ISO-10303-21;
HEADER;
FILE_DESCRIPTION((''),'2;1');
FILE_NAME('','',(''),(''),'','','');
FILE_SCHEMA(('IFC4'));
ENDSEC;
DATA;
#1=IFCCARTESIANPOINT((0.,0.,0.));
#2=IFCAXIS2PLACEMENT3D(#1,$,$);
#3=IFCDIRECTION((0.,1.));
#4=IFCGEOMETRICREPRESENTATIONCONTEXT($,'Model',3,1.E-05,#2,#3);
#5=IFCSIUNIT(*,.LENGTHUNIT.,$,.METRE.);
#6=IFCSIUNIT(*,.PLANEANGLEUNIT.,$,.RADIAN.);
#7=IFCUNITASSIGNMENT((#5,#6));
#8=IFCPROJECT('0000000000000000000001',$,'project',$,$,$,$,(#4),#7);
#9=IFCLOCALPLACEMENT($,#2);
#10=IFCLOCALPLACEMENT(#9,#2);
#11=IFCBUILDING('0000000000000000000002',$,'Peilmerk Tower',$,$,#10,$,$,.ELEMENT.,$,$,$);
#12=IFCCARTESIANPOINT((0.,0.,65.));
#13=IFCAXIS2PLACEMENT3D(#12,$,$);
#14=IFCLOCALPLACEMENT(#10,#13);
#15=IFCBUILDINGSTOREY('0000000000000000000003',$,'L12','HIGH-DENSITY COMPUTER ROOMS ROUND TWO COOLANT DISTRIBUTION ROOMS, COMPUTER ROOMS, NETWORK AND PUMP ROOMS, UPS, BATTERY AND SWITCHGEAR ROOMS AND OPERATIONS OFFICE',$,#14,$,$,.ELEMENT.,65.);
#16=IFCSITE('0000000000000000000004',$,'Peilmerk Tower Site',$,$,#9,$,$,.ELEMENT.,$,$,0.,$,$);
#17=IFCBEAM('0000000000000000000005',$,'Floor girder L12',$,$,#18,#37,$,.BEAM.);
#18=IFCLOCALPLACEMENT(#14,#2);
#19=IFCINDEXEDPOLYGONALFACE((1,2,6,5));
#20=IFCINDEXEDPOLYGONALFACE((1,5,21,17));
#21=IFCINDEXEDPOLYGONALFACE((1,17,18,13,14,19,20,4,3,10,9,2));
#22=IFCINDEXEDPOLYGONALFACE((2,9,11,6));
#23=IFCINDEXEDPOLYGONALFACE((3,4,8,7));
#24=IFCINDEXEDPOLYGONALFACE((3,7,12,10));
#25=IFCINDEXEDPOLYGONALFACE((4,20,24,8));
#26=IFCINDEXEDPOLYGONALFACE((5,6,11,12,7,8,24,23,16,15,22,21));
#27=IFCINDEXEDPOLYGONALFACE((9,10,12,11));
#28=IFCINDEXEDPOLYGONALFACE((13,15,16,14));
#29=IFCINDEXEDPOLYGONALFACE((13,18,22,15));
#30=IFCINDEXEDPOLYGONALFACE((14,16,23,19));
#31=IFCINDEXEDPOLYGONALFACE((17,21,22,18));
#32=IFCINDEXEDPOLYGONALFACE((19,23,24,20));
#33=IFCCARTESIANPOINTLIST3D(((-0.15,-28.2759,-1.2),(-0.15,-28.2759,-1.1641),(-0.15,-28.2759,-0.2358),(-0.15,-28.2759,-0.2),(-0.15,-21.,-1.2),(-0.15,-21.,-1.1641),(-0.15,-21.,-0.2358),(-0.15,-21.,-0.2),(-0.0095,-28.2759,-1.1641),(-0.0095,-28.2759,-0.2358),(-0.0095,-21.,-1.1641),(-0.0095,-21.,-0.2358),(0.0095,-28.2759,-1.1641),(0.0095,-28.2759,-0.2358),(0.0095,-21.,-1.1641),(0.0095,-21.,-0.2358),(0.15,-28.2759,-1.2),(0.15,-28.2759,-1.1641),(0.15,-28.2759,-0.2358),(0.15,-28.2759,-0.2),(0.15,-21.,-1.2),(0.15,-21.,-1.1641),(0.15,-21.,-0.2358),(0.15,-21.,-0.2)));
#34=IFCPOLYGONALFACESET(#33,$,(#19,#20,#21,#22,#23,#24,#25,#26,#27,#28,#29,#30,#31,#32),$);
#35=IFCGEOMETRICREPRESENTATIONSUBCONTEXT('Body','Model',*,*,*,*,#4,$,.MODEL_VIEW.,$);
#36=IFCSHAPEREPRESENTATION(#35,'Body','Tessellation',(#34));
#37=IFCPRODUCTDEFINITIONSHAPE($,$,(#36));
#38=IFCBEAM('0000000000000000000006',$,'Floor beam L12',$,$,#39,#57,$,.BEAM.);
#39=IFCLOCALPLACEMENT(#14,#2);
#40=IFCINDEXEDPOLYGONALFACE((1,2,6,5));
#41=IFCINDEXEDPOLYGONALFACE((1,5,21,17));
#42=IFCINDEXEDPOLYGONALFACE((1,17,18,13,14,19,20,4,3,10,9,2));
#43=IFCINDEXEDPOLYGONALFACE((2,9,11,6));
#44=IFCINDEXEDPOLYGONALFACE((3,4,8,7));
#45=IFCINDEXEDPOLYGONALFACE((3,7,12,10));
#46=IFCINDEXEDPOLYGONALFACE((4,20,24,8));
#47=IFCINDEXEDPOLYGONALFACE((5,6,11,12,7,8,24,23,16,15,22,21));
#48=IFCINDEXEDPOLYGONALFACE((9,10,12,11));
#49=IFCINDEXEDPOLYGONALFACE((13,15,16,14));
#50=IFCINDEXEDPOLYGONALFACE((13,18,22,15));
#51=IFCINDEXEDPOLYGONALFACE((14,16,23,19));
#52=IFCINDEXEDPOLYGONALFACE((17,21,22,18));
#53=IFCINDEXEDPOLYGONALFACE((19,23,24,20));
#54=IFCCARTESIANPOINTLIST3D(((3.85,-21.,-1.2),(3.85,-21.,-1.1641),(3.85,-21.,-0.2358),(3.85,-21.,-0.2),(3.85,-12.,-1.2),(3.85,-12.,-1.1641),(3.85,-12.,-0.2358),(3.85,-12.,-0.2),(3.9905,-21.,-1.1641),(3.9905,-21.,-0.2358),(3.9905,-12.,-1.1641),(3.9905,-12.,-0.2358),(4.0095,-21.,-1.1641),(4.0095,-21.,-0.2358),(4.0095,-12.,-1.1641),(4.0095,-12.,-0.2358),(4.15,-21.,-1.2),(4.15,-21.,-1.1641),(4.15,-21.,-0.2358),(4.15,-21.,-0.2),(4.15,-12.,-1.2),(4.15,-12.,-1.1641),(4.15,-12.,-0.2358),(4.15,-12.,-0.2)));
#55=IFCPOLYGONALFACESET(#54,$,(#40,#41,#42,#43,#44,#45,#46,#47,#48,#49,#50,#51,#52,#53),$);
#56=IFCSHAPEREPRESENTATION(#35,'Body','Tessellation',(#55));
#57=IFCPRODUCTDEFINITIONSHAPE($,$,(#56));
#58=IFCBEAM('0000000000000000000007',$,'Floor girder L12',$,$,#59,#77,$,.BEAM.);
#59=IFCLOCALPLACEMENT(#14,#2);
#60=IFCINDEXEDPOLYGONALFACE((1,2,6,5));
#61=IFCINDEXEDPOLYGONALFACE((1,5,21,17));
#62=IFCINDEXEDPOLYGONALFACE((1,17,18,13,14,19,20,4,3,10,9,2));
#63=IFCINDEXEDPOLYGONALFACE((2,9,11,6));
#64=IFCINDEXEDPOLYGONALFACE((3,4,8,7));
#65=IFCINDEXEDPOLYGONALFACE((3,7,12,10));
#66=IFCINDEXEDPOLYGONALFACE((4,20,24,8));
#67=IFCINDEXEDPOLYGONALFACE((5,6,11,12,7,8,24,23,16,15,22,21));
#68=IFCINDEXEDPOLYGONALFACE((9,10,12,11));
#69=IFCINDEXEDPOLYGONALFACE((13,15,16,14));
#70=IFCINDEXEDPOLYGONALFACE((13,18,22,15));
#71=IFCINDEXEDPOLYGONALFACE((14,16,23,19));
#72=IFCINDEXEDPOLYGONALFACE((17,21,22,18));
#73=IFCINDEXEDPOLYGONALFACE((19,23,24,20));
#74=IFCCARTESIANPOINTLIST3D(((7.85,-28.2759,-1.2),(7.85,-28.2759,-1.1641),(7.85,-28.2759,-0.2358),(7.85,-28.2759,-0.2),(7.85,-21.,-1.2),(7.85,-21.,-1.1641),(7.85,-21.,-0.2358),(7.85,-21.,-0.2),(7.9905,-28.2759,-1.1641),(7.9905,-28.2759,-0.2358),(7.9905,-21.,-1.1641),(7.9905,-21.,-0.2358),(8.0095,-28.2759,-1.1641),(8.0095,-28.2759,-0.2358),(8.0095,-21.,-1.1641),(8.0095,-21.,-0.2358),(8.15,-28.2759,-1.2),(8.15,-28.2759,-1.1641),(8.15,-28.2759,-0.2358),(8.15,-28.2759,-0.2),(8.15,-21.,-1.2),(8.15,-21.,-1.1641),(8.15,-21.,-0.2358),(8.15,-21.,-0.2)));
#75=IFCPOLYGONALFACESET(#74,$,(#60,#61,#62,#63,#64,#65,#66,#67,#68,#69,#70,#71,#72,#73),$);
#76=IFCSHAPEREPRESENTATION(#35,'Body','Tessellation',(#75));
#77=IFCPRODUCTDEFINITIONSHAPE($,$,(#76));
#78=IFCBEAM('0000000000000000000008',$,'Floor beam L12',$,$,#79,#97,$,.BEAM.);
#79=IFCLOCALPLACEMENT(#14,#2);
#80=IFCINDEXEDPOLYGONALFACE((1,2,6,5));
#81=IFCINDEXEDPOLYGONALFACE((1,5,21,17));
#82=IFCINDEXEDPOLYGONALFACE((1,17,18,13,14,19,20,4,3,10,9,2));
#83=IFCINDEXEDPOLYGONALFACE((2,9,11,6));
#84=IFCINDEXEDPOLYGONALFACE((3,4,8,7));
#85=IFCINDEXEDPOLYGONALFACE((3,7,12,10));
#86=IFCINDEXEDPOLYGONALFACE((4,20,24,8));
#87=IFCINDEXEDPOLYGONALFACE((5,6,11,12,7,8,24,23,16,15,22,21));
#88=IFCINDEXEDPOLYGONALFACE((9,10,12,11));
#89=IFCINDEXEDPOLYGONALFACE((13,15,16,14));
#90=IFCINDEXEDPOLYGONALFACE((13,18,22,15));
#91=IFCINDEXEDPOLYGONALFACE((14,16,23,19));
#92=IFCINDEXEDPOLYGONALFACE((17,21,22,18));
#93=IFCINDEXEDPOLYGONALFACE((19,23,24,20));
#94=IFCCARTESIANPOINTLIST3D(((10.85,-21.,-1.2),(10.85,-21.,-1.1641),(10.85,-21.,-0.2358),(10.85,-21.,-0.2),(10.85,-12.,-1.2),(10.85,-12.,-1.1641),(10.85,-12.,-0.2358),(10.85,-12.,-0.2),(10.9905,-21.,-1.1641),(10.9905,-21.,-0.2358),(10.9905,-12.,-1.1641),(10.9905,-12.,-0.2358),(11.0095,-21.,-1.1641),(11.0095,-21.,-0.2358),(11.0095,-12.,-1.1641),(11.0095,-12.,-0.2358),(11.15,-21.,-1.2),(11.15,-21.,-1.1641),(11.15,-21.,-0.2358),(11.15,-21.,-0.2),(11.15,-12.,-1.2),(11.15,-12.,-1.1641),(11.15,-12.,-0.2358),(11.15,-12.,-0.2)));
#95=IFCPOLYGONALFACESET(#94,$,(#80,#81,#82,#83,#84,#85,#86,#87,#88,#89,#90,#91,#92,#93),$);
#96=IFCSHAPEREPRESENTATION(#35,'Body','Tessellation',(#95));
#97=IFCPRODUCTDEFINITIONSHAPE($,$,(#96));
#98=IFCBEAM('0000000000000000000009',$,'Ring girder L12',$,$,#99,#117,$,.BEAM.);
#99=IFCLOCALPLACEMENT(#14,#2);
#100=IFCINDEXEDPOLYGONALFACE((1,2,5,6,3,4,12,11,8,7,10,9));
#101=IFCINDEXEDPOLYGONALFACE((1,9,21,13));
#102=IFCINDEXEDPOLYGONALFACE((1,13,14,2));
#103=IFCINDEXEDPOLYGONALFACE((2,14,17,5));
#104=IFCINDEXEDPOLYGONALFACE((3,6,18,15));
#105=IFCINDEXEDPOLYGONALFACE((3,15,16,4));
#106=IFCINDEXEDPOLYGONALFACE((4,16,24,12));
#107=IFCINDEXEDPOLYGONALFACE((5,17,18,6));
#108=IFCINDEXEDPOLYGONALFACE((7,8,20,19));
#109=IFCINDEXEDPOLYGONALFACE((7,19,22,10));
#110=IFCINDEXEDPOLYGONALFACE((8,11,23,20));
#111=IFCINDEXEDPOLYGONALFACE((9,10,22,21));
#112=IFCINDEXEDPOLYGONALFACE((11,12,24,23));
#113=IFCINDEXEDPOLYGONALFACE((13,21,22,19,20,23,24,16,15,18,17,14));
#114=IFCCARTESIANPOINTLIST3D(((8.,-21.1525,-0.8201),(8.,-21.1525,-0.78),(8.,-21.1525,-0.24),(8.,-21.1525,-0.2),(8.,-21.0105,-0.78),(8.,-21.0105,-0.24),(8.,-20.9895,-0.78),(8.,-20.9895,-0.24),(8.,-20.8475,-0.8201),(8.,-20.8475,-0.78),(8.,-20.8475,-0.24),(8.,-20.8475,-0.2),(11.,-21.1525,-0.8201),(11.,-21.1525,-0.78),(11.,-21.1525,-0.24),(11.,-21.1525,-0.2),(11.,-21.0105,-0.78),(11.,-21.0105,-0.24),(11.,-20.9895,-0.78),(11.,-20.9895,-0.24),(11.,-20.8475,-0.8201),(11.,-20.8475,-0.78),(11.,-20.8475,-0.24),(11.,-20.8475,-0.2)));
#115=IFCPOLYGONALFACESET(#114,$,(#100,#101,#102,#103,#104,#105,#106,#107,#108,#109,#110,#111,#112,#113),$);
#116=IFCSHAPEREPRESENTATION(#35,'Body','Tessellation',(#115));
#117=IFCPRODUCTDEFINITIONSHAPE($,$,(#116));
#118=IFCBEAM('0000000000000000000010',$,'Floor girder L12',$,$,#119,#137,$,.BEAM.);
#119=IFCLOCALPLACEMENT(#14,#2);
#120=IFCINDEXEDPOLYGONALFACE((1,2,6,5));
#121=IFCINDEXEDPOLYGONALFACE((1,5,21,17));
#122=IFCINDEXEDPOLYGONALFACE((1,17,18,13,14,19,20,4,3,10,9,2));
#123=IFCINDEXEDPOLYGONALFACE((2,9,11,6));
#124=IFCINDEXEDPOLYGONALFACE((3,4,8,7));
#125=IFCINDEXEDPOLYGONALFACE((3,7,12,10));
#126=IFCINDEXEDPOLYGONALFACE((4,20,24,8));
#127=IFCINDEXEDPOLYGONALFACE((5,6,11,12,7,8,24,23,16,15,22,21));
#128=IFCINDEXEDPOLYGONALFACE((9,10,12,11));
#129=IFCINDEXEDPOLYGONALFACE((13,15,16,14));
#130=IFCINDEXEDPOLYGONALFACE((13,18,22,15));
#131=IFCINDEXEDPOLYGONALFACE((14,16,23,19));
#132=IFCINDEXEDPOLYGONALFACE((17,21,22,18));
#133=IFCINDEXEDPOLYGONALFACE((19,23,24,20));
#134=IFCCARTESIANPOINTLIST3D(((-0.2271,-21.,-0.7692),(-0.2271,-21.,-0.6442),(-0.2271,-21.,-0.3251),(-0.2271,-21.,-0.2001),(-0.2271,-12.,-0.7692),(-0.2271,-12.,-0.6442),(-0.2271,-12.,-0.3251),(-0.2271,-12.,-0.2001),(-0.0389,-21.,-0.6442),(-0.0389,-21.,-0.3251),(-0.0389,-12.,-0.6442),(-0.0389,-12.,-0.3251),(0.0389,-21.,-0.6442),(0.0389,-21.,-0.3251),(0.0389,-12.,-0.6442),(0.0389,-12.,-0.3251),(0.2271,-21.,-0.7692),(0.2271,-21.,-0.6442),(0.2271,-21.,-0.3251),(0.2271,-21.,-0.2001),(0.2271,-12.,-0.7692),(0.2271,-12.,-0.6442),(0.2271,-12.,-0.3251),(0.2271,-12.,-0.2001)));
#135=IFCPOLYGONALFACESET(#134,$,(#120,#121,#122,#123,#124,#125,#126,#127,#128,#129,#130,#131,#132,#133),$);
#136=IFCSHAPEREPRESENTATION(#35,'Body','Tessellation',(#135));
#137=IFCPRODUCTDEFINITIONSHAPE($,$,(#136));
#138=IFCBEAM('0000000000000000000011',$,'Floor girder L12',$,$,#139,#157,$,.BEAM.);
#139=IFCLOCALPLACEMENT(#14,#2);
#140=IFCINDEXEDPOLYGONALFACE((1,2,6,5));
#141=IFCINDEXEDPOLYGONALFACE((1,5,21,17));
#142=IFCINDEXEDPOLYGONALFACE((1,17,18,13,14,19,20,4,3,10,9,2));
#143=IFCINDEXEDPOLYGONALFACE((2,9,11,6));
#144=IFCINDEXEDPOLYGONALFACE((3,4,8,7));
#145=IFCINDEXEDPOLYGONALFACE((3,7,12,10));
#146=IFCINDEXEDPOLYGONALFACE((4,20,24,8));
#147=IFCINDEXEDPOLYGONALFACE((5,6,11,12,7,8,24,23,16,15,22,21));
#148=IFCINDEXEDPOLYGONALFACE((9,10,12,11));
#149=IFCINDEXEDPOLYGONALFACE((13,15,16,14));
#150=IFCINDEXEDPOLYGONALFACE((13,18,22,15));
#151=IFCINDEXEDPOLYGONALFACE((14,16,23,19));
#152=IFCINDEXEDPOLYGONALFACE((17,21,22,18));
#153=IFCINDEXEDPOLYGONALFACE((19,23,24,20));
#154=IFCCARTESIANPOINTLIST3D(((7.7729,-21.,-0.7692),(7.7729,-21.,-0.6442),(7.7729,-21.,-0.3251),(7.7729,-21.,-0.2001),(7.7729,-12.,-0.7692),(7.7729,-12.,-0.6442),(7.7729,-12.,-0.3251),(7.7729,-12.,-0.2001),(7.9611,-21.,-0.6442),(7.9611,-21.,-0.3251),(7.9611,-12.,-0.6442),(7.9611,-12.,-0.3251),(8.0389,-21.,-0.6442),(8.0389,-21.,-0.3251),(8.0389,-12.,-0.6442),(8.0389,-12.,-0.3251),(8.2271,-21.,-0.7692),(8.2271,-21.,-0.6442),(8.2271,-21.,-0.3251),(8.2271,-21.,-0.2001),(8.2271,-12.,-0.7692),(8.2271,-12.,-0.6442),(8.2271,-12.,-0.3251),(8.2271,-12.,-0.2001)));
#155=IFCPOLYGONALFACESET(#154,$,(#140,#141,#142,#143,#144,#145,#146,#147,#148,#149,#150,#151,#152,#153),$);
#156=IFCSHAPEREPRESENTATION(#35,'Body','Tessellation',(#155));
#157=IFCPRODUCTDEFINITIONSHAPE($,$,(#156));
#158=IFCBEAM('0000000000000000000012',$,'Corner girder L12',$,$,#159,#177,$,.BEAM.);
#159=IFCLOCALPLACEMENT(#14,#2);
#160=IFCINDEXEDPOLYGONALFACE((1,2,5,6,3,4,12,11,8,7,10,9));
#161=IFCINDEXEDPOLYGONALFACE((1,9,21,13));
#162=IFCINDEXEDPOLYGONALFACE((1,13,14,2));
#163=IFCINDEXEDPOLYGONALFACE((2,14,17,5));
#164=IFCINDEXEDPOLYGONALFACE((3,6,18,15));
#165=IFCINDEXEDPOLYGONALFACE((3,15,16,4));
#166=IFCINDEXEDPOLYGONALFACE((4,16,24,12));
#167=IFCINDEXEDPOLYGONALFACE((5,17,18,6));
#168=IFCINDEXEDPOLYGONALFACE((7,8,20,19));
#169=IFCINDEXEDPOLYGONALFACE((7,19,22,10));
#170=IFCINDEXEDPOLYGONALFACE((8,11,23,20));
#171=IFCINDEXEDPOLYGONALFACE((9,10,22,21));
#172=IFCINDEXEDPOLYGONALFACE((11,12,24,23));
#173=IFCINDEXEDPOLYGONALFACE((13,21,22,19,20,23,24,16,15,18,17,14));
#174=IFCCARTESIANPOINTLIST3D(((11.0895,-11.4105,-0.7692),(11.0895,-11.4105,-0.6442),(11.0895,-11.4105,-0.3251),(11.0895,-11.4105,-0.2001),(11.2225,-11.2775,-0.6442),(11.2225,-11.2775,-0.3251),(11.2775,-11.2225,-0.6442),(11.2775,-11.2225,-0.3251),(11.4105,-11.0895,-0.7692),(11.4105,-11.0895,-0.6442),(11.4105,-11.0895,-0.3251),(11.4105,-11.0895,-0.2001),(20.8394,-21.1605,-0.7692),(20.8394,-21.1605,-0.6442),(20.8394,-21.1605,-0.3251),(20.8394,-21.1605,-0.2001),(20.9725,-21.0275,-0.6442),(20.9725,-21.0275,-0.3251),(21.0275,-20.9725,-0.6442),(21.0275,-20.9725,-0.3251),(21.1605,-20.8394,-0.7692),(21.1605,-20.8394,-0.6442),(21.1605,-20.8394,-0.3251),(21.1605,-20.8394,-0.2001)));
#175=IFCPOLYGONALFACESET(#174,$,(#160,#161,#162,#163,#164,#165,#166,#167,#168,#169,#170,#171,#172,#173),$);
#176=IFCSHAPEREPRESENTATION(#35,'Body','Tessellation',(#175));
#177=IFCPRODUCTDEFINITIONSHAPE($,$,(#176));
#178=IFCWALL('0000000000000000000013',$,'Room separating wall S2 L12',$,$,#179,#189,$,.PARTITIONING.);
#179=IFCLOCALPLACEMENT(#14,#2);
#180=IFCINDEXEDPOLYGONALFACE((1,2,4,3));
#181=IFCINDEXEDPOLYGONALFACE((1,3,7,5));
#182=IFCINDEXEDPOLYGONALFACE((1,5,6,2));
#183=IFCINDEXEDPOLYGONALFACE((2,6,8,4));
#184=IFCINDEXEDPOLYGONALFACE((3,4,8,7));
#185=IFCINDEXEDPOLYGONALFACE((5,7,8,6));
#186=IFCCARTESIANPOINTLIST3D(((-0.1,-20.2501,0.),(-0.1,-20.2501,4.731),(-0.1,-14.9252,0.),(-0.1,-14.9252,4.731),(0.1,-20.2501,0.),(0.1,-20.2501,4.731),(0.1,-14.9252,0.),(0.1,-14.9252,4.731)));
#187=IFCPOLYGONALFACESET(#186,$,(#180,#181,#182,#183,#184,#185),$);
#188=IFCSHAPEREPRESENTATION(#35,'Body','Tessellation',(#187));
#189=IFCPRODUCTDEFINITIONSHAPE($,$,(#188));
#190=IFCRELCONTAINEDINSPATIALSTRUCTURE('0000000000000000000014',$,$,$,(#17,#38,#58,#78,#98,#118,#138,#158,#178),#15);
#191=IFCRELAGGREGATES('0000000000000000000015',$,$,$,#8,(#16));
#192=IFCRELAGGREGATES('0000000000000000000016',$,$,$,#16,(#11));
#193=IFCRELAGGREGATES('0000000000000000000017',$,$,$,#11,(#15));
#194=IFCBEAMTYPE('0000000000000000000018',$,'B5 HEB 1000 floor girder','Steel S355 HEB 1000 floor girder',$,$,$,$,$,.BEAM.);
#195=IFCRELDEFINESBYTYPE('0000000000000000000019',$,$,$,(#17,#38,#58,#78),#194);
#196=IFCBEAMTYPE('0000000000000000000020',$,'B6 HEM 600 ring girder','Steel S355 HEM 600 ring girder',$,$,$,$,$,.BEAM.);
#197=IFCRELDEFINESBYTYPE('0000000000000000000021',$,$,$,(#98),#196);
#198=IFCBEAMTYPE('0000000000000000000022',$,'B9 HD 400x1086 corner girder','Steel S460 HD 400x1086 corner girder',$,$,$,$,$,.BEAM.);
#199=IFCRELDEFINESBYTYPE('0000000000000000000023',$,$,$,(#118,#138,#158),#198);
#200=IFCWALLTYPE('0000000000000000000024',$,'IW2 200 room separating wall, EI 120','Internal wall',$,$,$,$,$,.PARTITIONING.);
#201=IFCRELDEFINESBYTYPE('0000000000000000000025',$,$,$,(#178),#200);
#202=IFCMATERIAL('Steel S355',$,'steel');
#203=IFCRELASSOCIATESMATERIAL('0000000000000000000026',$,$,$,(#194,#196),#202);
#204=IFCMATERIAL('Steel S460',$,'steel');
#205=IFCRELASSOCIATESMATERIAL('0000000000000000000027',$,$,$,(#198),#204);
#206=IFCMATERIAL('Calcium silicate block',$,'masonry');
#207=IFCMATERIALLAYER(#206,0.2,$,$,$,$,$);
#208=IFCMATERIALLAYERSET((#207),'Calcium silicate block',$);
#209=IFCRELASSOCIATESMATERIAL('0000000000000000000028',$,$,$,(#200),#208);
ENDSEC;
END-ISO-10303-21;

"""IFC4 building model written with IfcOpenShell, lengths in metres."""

from ifc_helpers import new_model, si_unit, direction, frame, frame_2d, origin, origin_2d, place, context, subcontext, project, spatial, rectangle, i_section, extrude, material, layer, layer_set, material_profile, profile_set, type_object, element, save


model = new_model("IFC4")

# Units and contexts
model_context = context("Model", 3, precision=1e-05, world=origin(), true_north=direction((0.0, 1.0)))
body_context = subcontext(model_context, "Body", "Model", "MODEL_VIEW")
ifc_project = project(units=[si_unit("LENGTHUNIT", "METRE"), si_unit("PLANEANGLEUNIT", "RADIAN")], contexts=[model_context])

# Site, building, storey
site_placement = place(None, origin())
site = spatial("IfcSite", under=ifc_project, at=site_placement, Name="Peilmerk Tower Site", CompositionType="ELEMENT", RefElevation=0.0)
building_placement = place(site_placement, origin())
building = spatial("IfcBuilding", under=site, at=building_placement, Name="Peilmerk Tower", CompositionType="ELEMENT")
storey_placement = place(building_placement, frame((0.0, 0.0, 65.0)))
storey = spatial("IfcBuildingStorey", under=building, at=storey_placement, Name="L12", Description="HIGH-DENSITY COMPUTER ROOMS ROUND TWO COOLANT DISTRIBUTION ROOMS, COMPUTER ROOMS, NETWORK AND PUMP ROOMS, UPS, BATTERY AND SWITCHGEAR ROOMS AND OPERATIONS OFFICE", CompositionType="ELEMENT", Elevation=65.0)

# Beams
ifc_material_1 = material(Name="Steel S355", Category="steel")
ifc_material_profile_1 = material_profile(ifc_material_1, i_section(OverallWidth=0.3, OverallDepth=1.0, WebThickness=0.019, FlangeThickness=0.0359, at=origin_2d()), Name="HEB 1000")
ifc_profile_set_1 = profile_set([ifc_material_profile_1], Name="Steel S355")
beam_type_1 = type_object("IfcBeamType", Name="B5 HEB 1000 floor girder", Description="Steel S355 HEB 1000 floor girder", PredefinedType="BEAM", material=ifc_profile_set_1)
beam_1_placement = place(storey_placement, frame((0.0, -21.0, -0.7), z_axis=(0.0, -1.0, 0.0), x_axis=(1.0, 0.0, 0.0)))
element("IfcBeam", 1, at=beam_1_placement, inside=storey, type_object=beam_type_1, Name="Floor girder L12", PredefinedType="BEAM", context=body_context, shape_type="SweptSolid", body=[
    extrude(i_section(OverallWidth=0.3, OverallDepth=1.0, WebThickness=0.019, FlangeThickness=0.0359, at=origin_2d()), origin(), (0.0, 0.0, 1.0), 7.2759),
])
beam_2_placement = place(storey_placement, frame((4.0, -12.0, -0.7), z_axis=(0.0, -1.0, 0.0), x_axis=(1.0, 0.0, 0.0)))
element("IfcBeam", 2, at=beam_2_placement, inside=storey, type_object=beam_type_1, Name="Floor beam L12", PredefinedType="BEAM", context=body_context, shape_type="SweptSolid", body=[
    extrude(i_section(OverallWidth=0.3, OverallDepth=1.0, WebThickness=0.019, FlangeThickness=0.0359, at=origin_2d()), origin(), (0.0, 0.0, 1.0), 9.0),
])
beam_3_placement = place(storey_placement, frame((8.0, -21.0, -0.7), z_axis=(0.0, -1.0, 0.0), x_axis=(1.0, 0.0, 0.0)))
element("IfcBeam", 3, at=beam_3_placement, inside=storey, type_object=beam_type_1, Name="Floor girder L12", PredefinedType="BEAM", context=body_context, shape_type="SweptSolid", body=[
    extrude(i_section(OverallWidth=0.3, OverallDepth=1.0, WebThickness=0.019, FlangeThickness=0.0359, at=origin_2d()), origin(), (0.0, 0.0, 1.0), 7.2759),
])
beam_4_placement = place(storey_placement, frame((11.0, -12.0, -0.7), z_axis=(0.0, -1.0, 0.0), x_axis=(1.0, 0.0, 0.0)))
element("IfcBeam", 4, at=beam_4_placement, inside=storey, type_object=beam_type_1, Name="Floor beam L12", PredefinedType="BEAM", context=body_context, shape_type="SweptSolid", body=[
    extrude(i_section(OverallWidth=0.3, OverallDepth=1.0, WebThickness=0.019, FlangeThickness=0.0359, at=origin_2d()), origin(), (0.0, 0.0, 1.0), 9.0),
])
ifc_material_profile_2 = material_profile(ifc_material_1, i_section(OverallWidth=0.3049, OverallDepth=0.6201, WebThickness=0.021, FlangeThickness=0.04, at=origin_2d()), Name="HEM 600")
ifc_profile_set_2 = profile_set([ifc_material_profile_2], Name="Steel S355")
beam_type_2 = type_object("IfcBeamType", Name="B6 HEM 600 ring girder", Description="Steel S355 HEM 600 ring girder", PredefinedType="BEAM", material=ifc_profile_set_2)
beam_5_placement = place(storey_placement, frame((8.0, -21.0, -0.51), z_axis=(1.0, 0.0, 0.0), x_axis=(0.0, 1.0, 0.0)))
element("IfcBeam", 5, at=beam_5_placement, inside=storey, type_object=beam_type_2, Name="Ring girder L12", PredefinedType="BEAM", context=body_context, shape_type="SweptSolid", body=[
    extrude(i_section(OverallWidth=0.3049, OverallDepth=0.6201, WebThickness=0.021, FlangeThickness=0.04, at=origin_2d()), origin(), (0.0, 0.0, 1.0), 3.0),
])
ifc_material_2 = material(Name="Steel S460", Category="steel")
ifc_material_profile_3 = material_profile(ifc_material_2, i_section(OverallWidth=0.4541, OverallDepth=0.5691, WebThickness=0.0779, FlangeThickness=0.125, at=origin_2d()), Name="HD 400x1086")
ifc_profile_set_3 = profile_set([ifc_material_profile_3], Name="Steel S460")
beam_type_3 = type_object("IfcBeamType", Name="B9 HD 400x1086 corner girder", Description="Steel S460 HD 400x1086 corner girder", PredefinedType="BEAM", material=ifc_profile_set_3)
for number, where, z_axis, x_axis, name in (
    (6, (0.0, -12.0, -0.4846), (0.0, -1.0, 0.0), (1.0, 0.0, 0.0), "Floor girder L12"),
    (7, (8.0, -12.0, -0.4846), (0.0, -1.0, 0.0), (1.0, 0.0, 0.0), "Floor girder L12"),
):
    element("IfcBeam", number, at=place(storey_placement, frame(where, z_axis=z_axis, x_axis=x_axis)), inside=storey, type_object=beam_type_3, Name=name, PredefinedType="BEAM", context=body_context, shape_type="SweptSolid", body=[
        extrude(i_section(OverallWidth=0.4541, OverallDepth=0.5691, WebThickness=0.0779, FlangeThickness=0.125, at=origin_2d()), origin(), (0.0, 0.0, 1.0), 9.0),
    ])
beam_6_placement = place(storey_placement, frame((11.25, -11.25, -0.4846), z_axis=(0.707107, -0.707107, 0.0), x_axis=(0.707107, 0.707107, 0.0)))
element("IfcBeam", 8, at=beam_6_placement, inside=storey, type_object=beam_type_3, Name="Corner girder L12", PredefinedType="BEAM", context=body_context, shape_type="SweptSolid", body=[
    extrude(i_section(OverallWidth=0.4541, OverallDepth=0.5691, WebThickness=0.0779, FlangeThickness=0.125, at=origin_2d()), origin(), (0.0, 0.0, 1.0), 13.7886),
])

# Wall
ifc_material_3 = material(Name="Calcium silicate block", Category="masonry")
ifc_layer_1 = layer(ifc_material_3, 0.2)
ifc_layer_set_1 = layer_set([ifc_layer_1], Name="Calcium silicate block")
wall_type_1 = type_object("IfcWallType", Name="IW2 200 room separating wall, EI 120", Description="Internal wall", PredefinedType="PARTITIONING", material=ifc_layer_set_1)
wall_1_placement = place(storey_placement, frame((0.0, -14.925, 0.0), z_axis=(0.0, 0.0, 1.0), x_axis=(0.0, -1.0, 0.0)))
element("IfcWall", 9, at=wall_1_placement, inside=storey, type_object=wall_type_1, Name="Room separating wall S2 L12", PredefinedType="PARTITIONING", context=body_context, shape_type="SweptSolid", body=[
    extrude(rectangle(XDim=5.325, YDim=0.2, at=frame_2d((2.6626, 0.0))), origin(), (0.0, 0.0, 1.0), 4.731),
])

save(model, "model.ifc")
